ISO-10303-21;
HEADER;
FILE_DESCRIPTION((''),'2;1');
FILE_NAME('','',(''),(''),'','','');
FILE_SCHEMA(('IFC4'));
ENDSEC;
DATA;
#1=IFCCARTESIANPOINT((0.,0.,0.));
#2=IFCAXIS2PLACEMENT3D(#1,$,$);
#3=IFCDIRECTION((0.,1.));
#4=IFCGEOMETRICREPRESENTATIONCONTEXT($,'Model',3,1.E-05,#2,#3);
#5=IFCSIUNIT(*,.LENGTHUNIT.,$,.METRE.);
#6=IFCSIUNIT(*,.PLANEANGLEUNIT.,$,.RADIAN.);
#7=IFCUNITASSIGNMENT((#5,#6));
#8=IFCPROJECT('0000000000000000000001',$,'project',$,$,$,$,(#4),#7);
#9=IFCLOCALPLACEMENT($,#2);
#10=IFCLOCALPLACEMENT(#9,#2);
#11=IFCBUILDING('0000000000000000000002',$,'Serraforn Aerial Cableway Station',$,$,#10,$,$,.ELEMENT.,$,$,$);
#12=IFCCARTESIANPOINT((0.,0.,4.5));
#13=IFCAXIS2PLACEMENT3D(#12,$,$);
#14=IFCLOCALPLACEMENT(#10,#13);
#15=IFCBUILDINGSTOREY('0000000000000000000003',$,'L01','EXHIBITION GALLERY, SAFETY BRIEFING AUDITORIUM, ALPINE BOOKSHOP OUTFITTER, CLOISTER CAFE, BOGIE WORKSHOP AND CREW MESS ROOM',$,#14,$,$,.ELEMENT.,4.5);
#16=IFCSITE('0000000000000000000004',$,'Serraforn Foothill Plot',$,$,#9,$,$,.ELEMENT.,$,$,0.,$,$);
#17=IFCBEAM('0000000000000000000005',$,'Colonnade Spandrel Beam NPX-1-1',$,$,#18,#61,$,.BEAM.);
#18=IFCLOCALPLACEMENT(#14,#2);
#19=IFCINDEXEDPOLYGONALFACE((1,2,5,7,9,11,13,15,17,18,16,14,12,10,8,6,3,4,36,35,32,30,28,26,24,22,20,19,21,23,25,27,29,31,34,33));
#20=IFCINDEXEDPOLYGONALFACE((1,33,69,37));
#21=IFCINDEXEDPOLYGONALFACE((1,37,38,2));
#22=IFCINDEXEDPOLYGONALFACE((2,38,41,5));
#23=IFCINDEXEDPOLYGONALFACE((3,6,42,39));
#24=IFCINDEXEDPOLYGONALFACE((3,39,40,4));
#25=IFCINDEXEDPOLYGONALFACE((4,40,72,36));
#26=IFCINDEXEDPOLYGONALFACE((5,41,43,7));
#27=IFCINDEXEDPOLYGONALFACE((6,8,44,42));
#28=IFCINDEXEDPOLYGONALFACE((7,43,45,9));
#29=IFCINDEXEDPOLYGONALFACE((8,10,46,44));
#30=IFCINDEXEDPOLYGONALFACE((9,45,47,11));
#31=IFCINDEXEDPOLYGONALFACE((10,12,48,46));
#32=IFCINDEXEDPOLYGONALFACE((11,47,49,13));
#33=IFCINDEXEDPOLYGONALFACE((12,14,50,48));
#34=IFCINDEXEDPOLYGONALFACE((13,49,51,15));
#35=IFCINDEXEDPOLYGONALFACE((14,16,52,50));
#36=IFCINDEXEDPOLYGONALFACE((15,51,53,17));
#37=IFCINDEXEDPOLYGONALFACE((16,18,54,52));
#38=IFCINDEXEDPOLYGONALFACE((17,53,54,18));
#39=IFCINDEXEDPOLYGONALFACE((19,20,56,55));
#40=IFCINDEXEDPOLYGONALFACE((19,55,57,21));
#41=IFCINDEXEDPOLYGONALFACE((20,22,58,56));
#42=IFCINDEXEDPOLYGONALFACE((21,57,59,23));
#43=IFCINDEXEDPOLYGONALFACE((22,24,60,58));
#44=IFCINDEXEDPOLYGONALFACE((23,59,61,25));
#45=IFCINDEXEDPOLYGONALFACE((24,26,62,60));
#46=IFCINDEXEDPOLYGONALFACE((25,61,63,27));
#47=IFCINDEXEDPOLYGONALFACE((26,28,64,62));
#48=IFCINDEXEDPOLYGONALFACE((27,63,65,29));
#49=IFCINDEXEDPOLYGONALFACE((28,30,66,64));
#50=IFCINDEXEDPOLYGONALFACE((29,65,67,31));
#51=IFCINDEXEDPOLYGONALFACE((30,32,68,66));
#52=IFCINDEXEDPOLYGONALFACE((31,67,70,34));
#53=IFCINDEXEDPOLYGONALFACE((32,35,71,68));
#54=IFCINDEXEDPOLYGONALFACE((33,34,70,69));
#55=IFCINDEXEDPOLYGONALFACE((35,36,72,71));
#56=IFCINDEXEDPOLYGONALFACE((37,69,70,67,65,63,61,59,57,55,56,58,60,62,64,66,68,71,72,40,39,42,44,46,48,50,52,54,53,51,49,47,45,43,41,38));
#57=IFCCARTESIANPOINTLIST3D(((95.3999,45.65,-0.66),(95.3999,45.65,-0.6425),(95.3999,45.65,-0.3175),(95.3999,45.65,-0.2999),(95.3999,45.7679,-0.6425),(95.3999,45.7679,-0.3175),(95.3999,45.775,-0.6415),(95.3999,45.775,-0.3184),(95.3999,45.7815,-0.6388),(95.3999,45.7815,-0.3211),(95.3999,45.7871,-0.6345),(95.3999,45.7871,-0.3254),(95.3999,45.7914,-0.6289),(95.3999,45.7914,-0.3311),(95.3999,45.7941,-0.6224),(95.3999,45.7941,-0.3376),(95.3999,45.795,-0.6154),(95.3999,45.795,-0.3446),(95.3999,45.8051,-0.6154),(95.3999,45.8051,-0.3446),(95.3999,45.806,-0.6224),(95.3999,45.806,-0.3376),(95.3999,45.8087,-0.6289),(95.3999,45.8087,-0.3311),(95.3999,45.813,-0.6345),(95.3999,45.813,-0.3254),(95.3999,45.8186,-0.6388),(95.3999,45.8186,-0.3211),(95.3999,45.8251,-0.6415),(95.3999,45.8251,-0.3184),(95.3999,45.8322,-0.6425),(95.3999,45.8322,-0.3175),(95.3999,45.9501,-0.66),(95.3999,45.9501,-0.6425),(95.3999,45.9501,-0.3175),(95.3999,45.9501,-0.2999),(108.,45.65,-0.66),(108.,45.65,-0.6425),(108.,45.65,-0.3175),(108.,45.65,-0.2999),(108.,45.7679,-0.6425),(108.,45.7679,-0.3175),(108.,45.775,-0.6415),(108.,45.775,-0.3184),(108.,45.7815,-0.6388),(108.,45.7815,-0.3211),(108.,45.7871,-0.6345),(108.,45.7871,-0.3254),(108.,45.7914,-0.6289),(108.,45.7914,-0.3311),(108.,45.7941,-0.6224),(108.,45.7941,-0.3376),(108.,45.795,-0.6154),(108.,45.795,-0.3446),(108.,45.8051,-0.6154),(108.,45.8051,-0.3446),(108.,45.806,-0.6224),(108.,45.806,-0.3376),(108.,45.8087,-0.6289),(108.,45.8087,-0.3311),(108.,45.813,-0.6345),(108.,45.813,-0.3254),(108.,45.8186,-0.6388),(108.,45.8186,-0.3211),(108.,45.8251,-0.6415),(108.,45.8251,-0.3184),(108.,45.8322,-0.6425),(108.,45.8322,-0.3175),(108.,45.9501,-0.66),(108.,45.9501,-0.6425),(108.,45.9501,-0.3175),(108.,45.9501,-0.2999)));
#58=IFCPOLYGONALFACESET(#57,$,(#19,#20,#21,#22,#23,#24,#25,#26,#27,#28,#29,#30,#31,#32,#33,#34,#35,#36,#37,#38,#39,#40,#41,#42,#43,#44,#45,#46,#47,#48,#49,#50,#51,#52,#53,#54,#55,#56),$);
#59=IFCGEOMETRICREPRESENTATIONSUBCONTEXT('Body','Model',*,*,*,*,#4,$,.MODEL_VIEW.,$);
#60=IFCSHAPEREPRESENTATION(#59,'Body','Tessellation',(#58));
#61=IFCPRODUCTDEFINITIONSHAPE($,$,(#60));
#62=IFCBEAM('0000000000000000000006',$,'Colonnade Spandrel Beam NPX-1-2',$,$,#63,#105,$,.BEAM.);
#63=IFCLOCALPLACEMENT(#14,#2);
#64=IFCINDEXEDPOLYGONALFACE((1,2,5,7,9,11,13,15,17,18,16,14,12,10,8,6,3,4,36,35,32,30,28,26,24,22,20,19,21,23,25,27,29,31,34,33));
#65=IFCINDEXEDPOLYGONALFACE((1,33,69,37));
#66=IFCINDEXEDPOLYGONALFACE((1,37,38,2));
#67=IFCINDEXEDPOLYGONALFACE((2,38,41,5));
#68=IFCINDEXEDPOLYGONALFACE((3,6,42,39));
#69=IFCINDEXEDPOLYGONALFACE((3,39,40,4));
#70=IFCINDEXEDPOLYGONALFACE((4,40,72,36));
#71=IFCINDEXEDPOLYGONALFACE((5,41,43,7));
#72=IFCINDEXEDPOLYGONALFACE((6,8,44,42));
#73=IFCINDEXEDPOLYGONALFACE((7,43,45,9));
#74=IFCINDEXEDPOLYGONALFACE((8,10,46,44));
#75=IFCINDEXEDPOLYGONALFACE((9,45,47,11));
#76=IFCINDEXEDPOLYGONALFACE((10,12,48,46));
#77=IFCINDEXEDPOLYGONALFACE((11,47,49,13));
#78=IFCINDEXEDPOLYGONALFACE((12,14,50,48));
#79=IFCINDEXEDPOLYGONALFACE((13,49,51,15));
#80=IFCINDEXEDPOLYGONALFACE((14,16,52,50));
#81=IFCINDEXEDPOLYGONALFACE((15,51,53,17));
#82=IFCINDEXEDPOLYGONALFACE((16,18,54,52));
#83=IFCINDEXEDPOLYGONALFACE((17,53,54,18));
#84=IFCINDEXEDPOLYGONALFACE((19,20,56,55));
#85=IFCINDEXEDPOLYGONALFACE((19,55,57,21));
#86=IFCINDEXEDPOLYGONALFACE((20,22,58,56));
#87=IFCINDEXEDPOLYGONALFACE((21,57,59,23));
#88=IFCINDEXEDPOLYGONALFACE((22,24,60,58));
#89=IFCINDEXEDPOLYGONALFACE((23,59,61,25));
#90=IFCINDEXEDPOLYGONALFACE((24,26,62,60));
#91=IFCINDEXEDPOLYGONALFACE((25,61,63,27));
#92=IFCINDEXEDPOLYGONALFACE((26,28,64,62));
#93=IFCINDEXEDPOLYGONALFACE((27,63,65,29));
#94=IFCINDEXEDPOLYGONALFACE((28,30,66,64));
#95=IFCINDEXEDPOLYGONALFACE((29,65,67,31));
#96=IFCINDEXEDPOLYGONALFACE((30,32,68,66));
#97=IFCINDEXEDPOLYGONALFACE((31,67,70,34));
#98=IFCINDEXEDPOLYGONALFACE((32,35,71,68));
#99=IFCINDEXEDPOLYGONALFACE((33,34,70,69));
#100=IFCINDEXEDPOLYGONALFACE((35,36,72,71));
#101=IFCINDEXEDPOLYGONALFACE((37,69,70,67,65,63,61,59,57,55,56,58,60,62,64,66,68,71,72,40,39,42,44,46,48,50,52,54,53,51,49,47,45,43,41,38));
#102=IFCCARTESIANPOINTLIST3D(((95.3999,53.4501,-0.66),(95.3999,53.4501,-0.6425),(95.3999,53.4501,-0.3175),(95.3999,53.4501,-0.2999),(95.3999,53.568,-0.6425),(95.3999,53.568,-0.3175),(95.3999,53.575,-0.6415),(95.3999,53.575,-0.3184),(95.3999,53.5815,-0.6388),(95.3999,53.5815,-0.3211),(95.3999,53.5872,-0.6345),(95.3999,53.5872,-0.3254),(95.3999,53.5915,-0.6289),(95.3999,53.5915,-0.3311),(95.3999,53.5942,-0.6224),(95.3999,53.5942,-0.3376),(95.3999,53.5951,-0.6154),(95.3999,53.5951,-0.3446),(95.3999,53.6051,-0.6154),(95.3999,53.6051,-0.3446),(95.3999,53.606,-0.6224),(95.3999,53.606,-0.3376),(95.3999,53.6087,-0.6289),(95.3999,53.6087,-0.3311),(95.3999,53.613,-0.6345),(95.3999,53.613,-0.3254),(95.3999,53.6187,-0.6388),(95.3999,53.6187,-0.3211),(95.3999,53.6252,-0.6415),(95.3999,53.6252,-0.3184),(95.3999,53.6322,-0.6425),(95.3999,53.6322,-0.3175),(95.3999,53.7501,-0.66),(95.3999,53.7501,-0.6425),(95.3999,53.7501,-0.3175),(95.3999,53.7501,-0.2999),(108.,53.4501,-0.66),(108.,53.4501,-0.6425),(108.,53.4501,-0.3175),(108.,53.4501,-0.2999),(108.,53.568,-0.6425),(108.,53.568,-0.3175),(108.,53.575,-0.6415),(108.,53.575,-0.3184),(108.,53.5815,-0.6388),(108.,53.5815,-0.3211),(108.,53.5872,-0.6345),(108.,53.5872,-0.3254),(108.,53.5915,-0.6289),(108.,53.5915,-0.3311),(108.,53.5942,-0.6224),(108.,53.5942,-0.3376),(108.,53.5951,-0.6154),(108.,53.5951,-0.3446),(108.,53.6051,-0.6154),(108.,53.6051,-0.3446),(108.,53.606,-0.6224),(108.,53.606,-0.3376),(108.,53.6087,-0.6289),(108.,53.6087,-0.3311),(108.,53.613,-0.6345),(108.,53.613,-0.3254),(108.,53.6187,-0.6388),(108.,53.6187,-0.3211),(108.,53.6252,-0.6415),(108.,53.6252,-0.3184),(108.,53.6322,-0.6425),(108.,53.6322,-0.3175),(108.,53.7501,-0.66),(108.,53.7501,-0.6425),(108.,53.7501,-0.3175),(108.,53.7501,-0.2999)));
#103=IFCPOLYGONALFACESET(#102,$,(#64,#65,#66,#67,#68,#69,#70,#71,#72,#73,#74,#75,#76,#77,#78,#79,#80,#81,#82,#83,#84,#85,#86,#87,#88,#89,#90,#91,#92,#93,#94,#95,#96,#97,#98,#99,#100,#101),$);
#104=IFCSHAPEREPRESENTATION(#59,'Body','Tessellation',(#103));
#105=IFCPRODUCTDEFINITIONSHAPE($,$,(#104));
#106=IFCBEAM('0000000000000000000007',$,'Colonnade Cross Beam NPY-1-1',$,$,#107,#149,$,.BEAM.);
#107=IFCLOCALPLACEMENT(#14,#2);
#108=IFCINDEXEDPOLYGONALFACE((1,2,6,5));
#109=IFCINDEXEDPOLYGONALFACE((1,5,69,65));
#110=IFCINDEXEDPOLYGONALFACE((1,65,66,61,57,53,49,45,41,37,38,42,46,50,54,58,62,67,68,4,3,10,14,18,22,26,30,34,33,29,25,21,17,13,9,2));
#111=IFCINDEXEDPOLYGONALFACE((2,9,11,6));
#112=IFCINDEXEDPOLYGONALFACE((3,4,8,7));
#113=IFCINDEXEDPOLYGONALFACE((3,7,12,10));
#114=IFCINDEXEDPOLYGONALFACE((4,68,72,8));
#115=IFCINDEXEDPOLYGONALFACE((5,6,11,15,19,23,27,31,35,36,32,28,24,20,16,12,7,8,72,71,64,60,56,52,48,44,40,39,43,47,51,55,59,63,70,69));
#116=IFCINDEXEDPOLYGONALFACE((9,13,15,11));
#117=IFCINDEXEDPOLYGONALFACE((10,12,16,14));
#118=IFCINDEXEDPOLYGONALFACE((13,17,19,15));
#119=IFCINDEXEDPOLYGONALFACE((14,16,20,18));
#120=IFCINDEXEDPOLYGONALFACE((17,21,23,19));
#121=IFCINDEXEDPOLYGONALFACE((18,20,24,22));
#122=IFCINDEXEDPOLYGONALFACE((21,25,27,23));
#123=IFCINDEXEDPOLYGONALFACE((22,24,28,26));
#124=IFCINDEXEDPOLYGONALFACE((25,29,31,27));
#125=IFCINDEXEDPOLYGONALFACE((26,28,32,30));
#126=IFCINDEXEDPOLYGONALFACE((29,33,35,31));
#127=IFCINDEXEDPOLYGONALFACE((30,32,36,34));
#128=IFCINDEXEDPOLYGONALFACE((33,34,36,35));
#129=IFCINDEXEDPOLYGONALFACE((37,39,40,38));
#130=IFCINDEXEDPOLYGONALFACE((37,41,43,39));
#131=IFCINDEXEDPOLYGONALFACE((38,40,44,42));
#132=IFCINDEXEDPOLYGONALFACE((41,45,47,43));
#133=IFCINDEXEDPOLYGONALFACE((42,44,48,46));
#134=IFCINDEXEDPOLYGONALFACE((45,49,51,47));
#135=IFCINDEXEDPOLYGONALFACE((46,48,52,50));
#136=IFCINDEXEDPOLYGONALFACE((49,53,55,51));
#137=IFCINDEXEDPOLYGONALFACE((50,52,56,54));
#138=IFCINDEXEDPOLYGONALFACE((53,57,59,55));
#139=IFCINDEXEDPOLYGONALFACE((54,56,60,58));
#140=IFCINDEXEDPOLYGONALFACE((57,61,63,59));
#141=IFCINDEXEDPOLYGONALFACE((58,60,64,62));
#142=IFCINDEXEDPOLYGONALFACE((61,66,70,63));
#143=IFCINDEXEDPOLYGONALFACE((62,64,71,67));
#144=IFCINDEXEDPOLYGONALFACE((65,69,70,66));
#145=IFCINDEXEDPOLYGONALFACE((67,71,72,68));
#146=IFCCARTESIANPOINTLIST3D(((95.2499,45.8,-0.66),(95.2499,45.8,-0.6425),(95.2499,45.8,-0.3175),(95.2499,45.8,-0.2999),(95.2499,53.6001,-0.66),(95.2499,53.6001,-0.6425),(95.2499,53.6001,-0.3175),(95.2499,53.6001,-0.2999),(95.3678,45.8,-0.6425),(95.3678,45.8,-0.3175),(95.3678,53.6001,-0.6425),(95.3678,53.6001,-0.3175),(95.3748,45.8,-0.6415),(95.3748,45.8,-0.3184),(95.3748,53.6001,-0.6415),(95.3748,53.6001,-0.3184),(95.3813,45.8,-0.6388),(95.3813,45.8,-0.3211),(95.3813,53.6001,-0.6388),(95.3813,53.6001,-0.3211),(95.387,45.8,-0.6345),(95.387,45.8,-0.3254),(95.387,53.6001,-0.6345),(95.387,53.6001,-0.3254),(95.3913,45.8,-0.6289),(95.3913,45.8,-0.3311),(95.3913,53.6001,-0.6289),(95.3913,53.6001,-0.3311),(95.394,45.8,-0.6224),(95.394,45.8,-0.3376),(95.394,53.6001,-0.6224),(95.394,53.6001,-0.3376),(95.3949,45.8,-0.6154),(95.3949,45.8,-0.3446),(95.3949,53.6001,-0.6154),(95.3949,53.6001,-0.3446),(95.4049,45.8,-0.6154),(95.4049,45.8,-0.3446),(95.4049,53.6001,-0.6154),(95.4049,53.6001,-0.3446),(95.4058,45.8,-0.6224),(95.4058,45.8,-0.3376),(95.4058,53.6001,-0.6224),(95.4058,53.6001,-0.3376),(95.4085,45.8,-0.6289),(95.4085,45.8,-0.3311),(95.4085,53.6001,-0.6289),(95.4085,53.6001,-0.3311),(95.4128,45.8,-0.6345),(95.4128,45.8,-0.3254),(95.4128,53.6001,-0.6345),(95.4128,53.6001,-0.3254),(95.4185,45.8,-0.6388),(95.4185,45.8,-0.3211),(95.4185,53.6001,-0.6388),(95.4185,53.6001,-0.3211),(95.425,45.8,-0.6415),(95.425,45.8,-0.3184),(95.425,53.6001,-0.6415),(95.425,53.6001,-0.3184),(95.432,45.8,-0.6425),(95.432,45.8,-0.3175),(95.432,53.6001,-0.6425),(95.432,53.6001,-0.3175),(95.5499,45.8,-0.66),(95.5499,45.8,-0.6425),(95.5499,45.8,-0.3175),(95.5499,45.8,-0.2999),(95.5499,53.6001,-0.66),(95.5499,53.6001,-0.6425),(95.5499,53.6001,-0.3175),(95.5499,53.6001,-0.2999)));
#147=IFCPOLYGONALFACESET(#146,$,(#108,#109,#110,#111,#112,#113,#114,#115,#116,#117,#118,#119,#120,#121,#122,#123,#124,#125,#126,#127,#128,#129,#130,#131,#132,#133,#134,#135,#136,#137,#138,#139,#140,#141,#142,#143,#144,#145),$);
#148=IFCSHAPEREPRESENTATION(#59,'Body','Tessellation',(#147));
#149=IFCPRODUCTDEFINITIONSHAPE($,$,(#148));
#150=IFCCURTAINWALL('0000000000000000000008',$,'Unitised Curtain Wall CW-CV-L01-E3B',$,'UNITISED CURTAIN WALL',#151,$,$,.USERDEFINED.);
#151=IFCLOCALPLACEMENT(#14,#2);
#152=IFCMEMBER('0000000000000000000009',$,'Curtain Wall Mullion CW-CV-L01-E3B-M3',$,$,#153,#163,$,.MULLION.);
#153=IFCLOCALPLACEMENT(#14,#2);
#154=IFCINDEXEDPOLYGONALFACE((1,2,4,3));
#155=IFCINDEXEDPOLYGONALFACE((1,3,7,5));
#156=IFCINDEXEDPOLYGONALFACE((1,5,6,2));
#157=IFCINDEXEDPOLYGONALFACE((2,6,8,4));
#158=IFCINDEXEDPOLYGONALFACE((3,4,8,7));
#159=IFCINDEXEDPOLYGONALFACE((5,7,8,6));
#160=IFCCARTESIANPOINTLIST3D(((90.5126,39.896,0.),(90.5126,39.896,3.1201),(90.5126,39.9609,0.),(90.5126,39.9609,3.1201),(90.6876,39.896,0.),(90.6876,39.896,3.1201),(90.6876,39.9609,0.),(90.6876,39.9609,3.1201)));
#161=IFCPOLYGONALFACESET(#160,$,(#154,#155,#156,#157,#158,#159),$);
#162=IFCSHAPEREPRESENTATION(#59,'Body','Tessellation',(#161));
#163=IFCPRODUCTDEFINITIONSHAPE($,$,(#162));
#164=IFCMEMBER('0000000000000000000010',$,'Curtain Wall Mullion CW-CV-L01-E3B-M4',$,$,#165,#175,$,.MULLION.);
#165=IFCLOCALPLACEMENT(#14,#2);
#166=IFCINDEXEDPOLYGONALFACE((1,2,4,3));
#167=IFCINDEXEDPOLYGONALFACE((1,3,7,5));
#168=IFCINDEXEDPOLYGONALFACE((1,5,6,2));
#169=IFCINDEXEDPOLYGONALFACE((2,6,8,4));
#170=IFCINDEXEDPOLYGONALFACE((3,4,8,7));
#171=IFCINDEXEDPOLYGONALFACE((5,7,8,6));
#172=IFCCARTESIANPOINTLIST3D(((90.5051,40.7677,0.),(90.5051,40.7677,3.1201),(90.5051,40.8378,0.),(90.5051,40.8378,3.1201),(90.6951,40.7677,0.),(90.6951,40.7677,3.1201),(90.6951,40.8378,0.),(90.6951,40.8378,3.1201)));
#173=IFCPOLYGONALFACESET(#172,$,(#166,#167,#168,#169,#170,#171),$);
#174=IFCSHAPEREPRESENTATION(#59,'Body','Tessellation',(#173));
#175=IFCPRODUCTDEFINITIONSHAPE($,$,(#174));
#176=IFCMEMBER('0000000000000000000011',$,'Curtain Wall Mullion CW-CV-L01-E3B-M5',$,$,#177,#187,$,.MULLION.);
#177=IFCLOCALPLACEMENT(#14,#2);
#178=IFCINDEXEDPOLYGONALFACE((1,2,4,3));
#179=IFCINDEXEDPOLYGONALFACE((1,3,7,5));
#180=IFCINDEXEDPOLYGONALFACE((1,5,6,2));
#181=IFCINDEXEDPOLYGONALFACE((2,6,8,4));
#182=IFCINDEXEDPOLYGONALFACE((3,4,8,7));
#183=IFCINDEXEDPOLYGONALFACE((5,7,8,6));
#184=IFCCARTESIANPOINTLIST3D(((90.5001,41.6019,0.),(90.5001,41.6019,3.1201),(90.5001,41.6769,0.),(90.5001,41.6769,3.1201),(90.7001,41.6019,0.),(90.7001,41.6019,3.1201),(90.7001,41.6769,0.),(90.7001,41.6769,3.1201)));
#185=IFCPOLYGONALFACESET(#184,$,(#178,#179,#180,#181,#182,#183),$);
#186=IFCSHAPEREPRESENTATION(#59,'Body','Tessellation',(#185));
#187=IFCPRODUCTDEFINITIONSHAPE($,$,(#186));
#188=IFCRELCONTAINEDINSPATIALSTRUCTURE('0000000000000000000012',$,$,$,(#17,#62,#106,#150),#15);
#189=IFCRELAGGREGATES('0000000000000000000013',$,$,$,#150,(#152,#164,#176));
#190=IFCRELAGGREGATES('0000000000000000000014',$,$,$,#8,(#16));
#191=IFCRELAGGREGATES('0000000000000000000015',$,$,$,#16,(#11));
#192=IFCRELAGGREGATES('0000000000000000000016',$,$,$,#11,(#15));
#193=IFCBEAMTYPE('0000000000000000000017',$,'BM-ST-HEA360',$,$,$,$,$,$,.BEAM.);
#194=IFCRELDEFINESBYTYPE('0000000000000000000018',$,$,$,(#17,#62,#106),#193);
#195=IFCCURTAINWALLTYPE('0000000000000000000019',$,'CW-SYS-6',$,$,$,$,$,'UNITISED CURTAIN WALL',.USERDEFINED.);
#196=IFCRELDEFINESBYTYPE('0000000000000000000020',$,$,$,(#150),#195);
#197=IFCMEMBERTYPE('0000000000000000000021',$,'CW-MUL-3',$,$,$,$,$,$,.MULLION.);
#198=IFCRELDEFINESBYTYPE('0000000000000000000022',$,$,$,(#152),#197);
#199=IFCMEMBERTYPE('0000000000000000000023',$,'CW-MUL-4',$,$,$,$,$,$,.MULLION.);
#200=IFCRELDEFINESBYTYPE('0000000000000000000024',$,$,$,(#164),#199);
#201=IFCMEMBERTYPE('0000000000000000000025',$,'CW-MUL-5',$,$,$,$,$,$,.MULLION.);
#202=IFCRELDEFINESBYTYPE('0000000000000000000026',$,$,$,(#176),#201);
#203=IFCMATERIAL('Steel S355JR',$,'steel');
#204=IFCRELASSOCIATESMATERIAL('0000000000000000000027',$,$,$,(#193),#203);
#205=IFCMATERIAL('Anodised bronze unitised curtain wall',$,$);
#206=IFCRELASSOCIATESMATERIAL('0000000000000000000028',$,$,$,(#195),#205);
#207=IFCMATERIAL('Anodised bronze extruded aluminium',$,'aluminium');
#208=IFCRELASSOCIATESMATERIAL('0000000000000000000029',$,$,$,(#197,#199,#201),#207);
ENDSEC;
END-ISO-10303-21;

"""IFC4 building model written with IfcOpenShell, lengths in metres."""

from ifc_helpers import new_model, si_unit, direction, frame, origin, origin_2d, place, context, subcontext, project, spatial, rectangle, i_section, extrude, material, material_profile, profile_set, type_object, element, aggregate, save


model = new_model("IFC4")

# Units and contexts
model_context = context("Model", 3, precision=1e-05, world=origin(), true_north=direction((0.0, 1.0)))
body_context = subcontext(model_context, "Body", "Model", "MODEL_VIEW")
ifc_project = project(units=[si_unit("LENGTHUNIT", "METRE"), si_unit("PLANEANGLEUNIT", "RADIAN")], contexts=[model_context])

# Site, building, storey
site_placement = place(None, origin())
site = spatial("IfcSite", under=ifc_project, at=site_placement, Name="Serraforn Foothill Plot", CompositionType="ELEMENT", RefElevation=0.0)
building_placement = place(site_placement, origin())
building = spatial("IfcBuilding", under=site, at=building_placement, Name="Serraforn Aerial Cableway Station", CompositionType="ELEMENT")
storey_placement = place(building_placement, frame((0.0, 0.0, 4.5)))
storey = spatial("IfcBuildingStorey", under=building, at=storey_placement, Name="L01", Description="EXHIBITION GALLERY, SAFETY BRIEFING AUDITORIUM, ALPINE BOOKSHOP OUTFITTER, CLOISTER CAFE, BOGIE WORKSHOP AND CREW MESS ROOM", CompositionType="ELEMENT", Elevation=4.5)

# Beams
ifc_material_1 = material(Name="Steel S355JR", Category="steel")
ifc_material_profile_1 = material_profile(ifc_material_1, i_section(OverallWidth=0.3, OverallDepth=0.3601, WebThickness=0.01, FlangeThickness=0.0176, FilletRadius=0.0271, at=origin_2d()), Name="HEA 360")
ifc_profile_set_1 = profile_set([ifc_material_profile_1], Name="Steel S355JR")
beam_type = type_object("IfcBeamType", Name="BM-ST-HEA360", PredefinedType="BEAM", material=ifc_profile_set_1)
for number, where, z_axis, x_axis, name in (
    (1, (95.3999, 45.8, -0.48), (1.0, 0.0, 0.0), (0.0, 1.0, 0.0), "Colonnade Spandrel Beam NPX-1-1"),
    (2, (95.3999, 53.6001, -0.48), (1.0, 0.0, 0.0), (0.0, 1.0, 0.0), "Colonnade Spandrel Beam NPX-1-2"),
):
    element("IfcBeam", number, at=place(storey_placement, frame(where, z_axis=z_axis, x_axis=x_axis)), inside=storey, type_object=beam_type, Name=name, PredefinedType="BEAM", context=body_context, shape_type="SweptSolid", body=[
        extrude(i_section(OverallWidth=0.3, OverallDepth=0.3601, WebThickness=0.01, FlangeThickness=0.0176, FilletRadius=0.0271, at=origin_2d()), origin(), (0.0, 0.0, 1.0), 12.6001),
    ])
beam_placement = place(storey_placement, frame((95.3999, 45.8, -0.48), z_axis=(0.0, 1.0, 0.0), x_axis=(-1.0, 0.0, 0.0)))
element("IfcBeam", 3, at=beam_placement, inside=storey, type_object=beam_type, Name="Colonnade Cross Beam NPY-1-1", PredefinedType="BEAM", context=body_context, shape_type="SweptSolid", body=[
    extrude(i_section(OverallWidth=0.3, OverallDepth=0.3601, WebThickness=0.01, FlangeThickness=0.0176, FilletRadius=0.0271, at=origin_2d()), origin(), (0.0, 0.0, 1.0), 7.8),
])

# Curtain wall, members
ifc_material_2 = material(Name="Anodised bronze unitised curtain wall")
curtain_wall_type = type_object("IfcCurtainWallType", Name="CW-SYS-6", ElementType="UNITISED CURTAIN WALL", PredefinedType="USERDEFINED", material=ifc_material_2)
curtain_wall_placement = place(storey_placement, origin())
curtain_wall = element("IfcCurtainWall", 4, at=curtain_wall_placement, inside=storey, type_object=curtain_wall_type, Name="Unitised Curtain Wall CW-CV-L01-E3B", ObjectType="UNITISED CURTAIN WALL", PredefinedType="USERDEFINED")
ifc_material_3 = material(Name="Anodised bronze extruded aluminium", Category="aluminium")
ifc_material_profile_2 = material_profile(ifc_material_3, rectangle(XDim=0.0649, YDim=0.175, at=origin_2d()), Name="CW MULLION 65x175")
ifc_profile_set_2 = profile_set([ifc_material_profile_2], Name="Anodised bronze extruded aluminium")
member_type_1 = type_object("IfcMemberType", Name="CW-MUL-3", PredefinedType="MULLION", material=ifc_profile_set_2)
member_1_placement = place(storey_placement, frame((90.6001, 39.9285, 0.0), z_axis=(0.0, 0.0, 1.0), x_axis=(0.0, 1.0, 0.0)))
member_1 = element("IfcMember", 5, at=member_1_placement, type_object=member_type_1, Name="Curtain Wall Mullion CW-CV-L01-E3B-M3", PredefinedType="MULLION", context=body_context, shape_type="SweptSolid", body=[
    extrude(rectangle(XDim=0.0649, YDim=0.175, at=origin_2d()), origin(), (0.0, 0.0, 1.0), 3.1201),
])
ifc_material_profile_3 = material_profile(ifc_material_3, rectangle(XDim=0.0701, YDim=0.1899, at=origin_2d()), Name="CW MULLION 70x190")
ifc_profile_set_3 = profile_set([ifc_material_profile_3], Name="Anodised bronze extruded aluminium")
member_type_2 = type_object("IfcMemberType", Name="CW-MUL-4", PredefinedType="MULLION", material=ifc_profile_set_3)
member_2_placement = place(storey_placement, frame((90.6001, 40.8027, 0.0), z_axis=(0.0, 0.0, 1.0), x_axis=(0.0, 1.0, 0.0)))
member_2 = element("IfcMember", 6, at=member_2_placement, type_object=member_type_2, Name="Curtain Wall Mullion CW-CV-L01-E3B-M4", PredefinedType="MULLION", context=body_context, shape_type="SweptSolid", body=[
    extrude(rectangle(XDim=0.0701, YDim=0.1899, at=origin_2d()), origin(), (0.0, 0.0, 1.0), 3.1201),
])
ifc_material_profile_4 = material_profile(ifc_material_3, rectangle(XDim=0.075, YDim=0.2, at=origin_2d()), Name="CW MULLION 75x200")
ifc_profile_set_4 = profile_set([ifc_material_profile_4], Name="Anodised bronze extruded aluminium")
member_type_3 = type_object("IfcMemberType", Name="CW-MUL-5", PredefinedType="MULLION", material=ifc_profile_set_4)
member_3_placement = place(storey_placement, frame((90.6001, 41.6394, 0.0), z_axis=(0.0, 0.0, 1.0), x_axis=(0.0, 1.0, 0.0)))
member_3 = element("IfcMember", 7, at=member_3_placement, type_object=member_type_3, Name="Curtain Wall Mullion CW-CV-L01-E3B-M5", PredefinedType="MULLION", context=body_context, shape_type="SweptSolid", body=[
    extrude(rectangle(XDim=0.075, YDim=0.2, at=origin_2d()), origin(), (0.0, 0.0, 1.0), 3.1201),
])
aggregate(curtain_wall, [member_1, member_2, member_3])

save(model, "model.ifc")
